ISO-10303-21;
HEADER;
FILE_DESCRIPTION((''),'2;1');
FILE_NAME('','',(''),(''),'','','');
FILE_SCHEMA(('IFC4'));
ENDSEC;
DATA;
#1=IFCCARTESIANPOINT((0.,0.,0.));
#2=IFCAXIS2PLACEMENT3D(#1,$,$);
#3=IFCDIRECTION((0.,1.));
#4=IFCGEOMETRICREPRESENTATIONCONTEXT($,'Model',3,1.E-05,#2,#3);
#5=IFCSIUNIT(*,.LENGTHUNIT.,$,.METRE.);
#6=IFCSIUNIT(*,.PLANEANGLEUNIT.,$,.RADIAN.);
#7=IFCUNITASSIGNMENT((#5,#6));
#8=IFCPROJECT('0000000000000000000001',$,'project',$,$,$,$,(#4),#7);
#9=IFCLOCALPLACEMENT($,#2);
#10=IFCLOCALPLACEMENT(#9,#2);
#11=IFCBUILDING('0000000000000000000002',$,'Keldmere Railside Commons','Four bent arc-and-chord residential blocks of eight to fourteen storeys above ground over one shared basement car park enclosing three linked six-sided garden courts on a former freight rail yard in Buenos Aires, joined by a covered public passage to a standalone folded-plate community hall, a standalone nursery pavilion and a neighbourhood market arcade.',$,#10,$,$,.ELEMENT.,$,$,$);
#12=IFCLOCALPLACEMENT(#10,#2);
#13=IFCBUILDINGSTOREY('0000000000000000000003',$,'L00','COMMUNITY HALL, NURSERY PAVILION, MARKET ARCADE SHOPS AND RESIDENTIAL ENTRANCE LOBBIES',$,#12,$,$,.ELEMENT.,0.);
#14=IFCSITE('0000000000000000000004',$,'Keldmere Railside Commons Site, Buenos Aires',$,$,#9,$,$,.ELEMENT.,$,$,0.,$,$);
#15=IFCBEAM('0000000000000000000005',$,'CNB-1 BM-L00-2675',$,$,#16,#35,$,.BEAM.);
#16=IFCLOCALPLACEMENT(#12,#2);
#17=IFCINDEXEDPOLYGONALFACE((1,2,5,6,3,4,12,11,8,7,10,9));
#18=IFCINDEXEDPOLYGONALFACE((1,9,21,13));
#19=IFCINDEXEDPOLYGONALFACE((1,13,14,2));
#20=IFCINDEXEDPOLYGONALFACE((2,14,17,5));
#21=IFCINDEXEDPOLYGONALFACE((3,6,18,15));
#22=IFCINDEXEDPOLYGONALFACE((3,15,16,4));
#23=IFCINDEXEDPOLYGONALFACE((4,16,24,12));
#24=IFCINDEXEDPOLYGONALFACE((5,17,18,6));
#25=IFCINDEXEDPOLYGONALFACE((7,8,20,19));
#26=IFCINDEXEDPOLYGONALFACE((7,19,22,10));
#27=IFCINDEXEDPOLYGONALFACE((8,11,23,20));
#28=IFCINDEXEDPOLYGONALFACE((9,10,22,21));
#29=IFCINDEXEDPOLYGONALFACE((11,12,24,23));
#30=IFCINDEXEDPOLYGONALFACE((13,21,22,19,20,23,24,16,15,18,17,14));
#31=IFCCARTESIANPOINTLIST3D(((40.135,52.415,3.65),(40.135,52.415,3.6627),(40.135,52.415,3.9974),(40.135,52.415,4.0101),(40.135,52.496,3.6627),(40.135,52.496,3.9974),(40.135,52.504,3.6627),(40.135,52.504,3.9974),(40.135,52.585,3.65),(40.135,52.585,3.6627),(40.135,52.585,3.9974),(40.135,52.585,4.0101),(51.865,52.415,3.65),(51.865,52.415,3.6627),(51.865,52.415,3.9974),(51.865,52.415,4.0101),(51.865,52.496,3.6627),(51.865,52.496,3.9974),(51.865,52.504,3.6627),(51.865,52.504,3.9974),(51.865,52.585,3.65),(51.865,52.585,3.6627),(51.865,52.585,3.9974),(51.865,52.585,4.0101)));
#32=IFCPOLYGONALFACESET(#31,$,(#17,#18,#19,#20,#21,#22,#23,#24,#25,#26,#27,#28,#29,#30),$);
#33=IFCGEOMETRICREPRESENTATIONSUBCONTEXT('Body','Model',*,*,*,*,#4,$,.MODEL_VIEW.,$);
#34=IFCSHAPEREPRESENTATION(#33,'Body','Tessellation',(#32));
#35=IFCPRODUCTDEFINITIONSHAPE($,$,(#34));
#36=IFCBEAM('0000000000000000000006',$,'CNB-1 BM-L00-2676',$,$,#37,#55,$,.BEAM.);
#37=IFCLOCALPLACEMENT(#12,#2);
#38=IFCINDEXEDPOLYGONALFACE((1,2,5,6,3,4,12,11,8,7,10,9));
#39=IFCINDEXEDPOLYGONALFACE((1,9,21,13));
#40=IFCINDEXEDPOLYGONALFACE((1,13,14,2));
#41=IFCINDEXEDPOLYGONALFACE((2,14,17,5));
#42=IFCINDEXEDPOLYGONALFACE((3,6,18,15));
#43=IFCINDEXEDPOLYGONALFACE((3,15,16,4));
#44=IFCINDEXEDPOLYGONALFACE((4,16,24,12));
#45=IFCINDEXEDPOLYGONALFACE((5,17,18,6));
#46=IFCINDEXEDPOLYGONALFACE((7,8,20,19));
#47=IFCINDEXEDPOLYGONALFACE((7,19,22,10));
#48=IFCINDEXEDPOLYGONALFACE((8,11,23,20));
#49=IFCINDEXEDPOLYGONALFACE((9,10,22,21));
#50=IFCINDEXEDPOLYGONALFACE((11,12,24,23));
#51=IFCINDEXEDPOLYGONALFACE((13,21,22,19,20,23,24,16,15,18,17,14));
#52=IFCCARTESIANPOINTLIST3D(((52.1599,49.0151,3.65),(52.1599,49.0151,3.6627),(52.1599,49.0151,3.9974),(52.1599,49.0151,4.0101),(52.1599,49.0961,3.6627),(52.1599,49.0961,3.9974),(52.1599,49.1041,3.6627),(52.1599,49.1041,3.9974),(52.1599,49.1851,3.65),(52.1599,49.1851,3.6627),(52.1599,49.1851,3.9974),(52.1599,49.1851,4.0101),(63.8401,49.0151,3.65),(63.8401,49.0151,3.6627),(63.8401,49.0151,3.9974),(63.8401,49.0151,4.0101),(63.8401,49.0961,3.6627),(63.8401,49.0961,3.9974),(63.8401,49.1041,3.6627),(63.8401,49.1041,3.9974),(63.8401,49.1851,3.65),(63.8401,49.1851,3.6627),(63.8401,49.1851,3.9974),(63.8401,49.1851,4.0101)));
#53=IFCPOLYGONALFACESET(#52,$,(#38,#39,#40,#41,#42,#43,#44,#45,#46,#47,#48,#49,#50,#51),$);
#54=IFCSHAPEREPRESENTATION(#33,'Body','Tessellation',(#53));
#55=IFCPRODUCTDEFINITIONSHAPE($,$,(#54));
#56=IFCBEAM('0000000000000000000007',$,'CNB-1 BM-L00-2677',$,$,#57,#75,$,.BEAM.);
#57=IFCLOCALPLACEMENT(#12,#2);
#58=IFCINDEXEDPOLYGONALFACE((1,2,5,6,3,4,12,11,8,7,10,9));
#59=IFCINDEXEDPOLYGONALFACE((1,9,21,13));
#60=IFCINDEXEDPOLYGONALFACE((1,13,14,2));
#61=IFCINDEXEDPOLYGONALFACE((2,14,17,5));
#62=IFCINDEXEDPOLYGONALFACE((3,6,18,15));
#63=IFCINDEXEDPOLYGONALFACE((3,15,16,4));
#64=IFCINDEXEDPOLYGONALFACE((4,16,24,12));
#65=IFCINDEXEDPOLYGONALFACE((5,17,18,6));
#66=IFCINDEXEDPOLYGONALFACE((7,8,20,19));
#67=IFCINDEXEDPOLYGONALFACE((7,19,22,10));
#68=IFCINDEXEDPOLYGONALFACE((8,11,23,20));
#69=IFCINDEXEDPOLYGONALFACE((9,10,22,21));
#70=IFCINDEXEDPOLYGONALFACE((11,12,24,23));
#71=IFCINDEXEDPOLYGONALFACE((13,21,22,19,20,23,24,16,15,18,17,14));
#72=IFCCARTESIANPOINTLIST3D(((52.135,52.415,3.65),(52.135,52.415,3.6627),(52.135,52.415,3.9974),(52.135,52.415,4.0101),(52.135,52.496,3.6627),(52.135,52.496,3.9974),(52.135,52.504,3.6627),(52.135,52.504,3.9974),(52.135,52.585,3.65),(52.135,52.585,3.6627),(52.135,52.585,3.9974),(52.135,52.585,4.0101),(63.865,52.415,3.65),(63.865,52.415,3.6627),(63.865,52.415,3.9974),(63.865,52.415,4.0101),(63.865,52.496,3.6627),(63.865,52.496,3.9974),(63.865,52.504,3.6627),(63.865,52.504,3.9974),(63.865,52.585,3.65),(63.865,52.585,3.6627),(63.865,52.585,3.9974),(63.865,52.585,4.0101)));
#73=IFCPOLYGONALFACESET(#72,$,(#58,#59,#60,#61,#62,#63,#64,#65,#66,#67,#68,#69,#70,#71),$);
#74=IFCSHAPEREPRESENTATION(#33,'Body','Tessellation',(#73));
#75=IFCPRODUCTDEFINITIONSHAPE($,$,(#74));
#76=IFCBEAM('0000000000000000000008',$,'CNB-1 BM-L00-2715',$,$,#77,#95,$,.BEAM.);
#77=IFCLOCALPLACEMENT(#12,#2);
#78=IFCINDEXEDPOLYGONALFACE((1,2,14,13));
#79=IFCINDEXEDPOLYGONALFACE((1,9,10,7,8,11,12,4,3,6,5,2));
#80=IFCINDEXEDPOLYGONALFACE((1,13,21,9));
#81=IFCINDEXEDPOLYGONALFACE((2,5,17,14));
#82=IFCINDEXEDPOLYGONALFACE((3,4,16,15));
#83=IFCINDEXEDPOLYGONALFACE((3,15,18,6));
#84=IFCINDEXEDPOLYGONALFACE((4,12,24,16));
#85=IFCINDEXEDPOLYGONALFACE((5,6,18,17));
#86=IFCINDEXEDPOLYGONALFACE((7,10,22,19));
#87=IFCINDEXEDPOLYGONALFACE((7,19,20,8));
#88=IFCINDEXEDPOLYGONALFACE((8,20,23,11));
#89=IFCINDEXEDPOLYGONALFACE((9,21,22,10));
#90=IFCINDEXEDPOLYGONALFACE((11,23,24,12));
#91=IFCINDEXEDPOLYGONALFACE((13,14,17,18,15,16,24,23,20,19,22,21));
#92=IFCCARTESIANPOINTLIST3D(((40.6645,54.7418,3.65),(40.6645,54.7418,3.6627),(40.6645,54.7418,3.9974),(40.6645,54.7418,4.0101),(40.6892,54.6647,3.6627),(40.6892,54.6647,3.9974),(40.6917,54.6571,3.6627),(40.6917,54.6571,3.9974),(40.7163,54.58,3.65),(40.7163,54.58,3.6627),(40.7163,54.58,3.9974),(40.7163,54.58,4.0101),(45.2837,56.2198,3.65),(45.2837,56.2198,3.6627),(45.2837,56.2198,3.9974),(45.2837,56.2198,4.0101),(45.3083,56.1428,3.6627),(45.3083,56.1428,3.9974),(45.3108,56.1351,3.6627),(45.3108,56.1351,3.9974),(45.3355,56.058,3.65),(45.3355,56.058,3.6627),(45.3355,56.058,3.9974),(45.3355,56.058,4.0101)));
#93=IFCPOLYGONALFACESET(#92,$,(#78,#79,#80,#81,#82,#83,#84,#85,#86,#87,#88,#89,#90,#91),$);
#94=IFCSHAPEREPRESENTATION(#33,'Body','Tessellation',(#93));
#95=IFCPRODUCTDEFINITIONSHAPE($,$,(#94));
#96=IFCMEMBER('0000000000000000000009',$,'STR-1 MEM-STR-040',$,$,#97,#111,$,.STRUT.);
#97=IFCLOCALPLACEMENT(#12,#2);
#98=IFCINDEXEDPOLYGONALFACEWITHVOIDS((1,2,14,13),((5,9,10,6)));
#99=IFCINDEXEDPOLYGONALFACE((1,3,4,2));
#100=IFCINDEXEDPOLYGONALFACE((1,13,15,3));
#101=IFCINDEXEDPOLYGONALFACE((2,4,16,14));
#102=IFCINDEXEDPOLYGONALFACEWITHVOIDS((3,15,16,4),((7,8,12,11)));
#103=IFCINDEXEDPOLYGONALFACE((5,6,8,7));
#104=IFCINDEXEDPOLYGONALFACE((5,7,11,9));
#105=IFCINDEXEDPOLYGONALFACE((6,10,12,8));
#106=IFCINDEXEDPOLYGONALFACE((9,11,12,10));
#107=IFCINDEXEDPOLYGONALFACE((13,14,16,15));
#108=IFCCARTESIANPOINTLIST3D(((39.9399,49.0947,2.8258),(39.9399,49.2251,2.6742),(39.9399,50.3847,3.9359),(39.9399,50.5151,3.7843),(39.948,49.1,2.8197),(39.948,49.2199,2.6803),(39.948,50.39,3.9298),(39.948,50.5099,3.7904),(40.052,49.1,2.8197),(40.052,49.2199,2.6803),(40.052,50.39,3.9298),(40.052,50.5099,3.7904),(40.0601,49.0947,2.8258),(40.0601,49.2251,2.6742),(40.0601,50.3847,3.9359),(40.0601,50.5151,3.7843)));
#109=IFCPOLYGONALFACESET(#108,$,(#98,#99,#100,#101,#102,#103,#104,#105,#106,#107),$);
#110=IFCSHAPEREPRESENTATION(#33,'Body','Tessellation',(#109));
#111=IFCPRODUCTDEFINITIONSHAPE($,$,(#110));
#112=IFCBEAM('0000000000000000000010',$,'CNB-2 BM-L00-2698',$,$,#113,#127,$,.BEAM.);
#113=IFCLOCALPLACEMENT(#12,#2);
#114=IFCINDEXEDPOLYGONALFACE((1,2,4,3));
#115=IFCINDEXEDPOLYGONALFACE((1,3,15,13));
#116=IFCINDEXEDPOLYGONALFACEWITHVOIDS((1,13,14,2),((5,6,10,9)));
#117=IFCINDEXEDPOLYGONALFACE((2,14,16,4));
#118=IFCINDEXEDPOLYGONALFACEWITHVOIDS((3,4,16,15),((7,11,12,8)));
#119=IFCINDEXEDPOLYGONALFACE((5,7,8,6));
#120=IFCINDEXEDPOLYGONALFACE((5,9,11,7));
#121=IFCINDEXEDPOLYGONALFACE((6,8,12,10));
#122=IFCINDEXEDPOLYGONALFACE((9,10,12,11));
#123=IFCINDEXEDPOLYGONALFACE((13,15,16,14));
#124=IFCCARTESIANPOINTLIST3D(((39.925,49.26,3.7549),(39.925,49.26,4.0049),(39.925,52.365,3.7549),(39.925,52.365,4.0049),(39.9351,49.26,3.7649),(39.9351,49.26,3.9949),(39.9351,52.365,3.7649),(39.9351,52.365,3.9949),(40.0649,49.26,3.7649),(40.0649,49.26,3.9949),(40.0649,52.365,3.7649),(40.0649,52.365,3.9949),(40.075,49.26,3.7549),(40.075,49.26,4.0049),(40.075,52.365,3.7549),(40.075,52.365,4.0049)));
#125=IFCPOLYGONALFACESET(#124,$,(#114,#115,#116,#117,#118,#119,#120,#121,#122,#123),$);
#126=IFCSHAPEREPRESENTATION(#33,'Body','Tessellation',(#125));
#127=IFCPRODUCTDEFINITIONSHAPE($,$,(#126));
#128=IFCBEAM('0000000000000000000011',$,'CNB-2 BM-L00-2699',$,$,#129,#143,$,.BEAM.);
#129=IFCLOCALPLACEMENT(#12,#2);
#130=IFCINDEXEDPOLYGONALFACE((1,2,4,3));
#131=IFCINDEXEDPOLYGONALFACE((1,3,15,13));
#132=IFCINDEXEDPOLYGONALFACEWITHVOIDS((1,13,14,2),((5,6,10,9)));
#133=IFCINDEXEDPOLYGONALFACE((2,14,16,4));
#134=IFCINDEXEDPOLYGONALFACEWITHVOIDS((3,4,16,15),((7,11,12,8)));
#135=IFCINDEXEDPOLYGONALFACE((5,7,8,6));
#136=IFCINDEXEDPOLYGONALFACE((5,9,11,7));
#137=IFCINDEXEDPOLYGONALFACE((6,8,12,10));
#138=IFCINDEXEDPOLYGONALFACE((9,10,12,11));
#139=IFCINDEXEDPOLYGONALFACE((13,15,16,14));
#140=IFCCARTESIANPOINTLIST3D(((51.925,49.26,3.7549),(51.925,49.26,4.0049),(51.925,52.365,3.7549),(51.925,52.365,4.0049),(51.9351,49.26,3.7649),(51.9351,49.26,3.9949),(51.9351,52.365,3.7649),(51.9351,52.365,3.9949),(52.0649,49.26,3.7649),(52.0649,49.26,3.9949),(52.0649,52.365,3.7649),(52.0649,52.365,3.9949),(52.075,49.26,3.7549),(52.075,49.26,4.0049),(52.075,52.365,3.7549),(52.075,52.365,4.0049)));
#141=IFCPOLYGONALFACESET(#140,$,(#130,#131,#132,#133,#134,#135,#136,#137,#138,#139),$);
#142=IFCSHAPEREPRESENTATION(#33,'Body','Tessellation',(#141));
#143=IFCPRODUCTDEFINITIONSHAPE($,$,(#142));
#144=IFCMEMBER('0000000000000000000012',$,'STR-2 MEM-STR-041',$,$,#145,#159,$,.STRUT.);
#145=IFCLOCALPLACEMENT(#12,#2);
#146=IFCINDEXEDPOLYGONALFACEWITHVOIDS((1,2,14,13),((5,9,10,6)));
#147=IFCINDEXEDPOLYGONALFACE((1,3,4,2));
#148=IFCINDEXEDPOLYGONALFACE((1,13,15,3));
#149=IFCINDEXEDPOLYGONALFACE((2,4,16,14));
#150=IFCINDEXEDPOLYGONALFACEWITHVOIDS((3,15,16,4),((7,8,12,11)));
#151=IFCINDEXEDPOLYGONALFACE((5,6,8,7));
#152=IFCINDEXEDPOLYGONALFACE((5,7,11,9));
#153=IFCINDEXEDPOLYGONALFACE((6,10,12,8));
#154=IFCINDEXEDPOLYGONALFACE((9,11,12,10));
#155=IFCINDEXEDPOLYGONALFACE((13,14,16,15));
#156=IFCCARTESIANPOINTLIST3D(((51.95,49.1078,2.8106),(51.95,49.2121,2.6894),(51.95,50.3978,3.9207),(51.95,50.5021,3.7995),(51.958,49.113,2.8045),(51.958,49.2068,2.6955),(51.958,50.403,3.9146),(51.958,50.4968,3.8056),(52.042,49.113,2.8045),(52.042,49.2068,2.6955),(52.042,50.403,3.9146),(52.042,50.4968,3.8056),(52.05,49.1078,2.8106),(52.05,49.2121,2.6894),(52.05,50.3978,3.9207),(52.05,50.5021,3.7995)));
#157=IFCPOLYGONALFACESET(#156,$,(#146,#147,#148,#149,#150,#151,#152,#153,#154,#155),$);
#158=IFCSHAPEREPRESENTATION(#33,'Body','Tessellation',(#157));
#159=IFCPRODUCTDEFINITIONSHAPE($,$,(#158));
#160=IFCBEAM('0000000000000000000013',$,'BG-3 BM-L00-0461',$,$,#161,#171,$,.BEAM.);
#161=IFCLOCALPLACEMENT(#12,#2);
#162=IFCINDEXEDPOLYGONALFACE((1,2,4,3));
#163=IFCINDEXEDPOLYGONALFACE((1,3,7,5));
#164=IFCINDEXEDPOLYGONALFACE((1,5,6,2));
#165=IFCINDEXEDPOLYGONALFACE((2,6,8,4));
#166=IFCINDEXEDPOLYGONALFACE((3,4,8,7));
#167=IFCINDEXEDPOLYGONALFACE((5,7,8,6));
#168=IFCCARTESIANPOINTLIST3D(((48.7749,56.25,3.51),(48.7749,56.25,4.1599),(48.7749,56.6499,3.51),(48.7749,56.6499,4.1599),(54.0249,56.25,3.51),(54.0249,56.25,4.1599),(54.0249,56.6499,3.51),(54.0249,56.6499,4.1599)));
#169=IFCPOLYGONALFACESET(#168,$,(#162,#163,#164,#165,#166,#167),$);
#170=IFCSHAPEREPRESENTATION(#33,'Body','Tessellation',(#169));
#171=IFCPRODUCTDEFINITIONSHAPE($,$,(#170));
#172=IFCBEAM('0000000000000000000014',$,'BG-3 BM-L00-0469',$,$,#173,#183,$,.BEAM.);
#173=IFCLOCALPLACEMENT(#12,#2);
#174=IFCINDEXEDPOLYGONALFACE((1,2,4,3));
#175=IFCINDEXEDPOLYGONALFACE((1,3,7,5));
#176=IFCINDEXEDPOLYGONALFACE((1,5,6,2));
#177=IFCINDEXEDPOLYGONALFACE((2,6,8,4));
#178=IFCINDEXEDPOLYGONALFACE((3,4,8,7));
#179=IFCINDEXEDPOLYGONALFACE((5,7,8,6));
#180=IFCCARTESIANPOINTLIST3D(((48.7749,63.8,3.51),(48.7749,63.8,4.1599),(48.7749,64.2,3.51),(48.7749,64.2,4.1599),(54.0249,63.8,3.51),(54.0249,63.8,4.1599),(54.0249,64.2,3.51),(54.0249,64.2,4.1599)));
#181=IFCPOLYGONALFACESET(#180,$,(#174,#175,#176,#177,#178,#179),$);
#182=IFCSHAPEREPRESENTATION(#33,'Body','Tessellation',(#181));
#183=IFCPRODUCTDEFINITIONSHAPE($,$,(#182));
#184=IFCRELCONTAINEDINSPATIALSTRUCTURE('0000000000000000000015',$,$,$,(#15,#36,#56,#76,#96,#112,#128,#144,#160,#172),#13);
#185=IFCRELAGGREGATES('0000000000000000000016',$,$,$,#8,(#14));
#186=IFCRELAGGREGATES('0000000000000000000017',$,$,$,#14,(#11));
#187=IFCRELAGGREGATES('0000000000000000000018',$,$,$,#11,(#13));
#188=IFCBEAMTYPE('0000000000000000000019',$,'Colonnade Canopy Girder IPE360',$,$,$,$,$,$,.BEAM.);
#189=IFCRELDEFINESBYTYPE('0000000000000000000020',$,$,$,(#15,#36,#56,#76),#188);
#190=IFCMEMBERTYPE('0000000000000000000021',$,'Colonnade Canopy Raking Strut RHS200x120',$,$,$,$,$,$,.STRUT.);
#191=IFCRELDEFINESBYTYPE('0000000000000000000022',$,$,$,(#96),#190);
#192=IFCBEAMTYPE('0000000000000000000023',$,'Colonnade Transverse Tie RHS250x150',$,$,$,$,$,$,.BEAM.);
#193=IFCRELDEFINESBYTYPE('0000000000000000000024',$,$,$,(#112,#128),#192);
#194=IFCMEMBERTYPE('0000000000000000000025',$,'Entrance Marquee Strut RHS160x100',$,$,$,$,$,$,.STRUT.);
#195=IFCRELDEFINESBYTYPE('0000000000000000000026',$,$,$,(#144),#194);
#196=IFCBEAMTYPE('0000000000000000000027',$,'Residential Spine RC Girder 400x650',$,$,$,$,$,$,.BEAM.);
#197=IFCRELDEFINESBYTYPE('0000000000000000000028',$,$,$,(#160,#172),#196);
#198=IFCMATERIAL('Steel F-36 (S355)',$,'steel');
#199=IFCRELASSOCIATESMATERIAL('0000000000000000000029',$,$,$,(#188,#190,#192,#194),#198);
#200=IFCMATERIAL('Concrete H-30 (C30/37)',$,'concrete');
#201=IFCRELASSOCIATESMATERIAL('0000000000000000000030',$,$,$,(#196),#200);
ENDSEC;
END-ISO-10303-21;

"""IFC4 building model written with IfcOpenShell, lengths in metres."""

from ifc_helpers import new_model, si_unit, direction, frame, origin, origin_2d, place, context, subcontext, project, spatial, rectangle, hollow_rectangle, i_section, extrude, material, material_profile, profile_set, type_object, element, save


model = new_model("IFC4")

# Units and contexts
model_context = context("Model", 3, precision=1e-05, world=origin(), true_north=direction((0.0, 1.0)))
body_context = subcontext(model_context, "Body", "Model", "MODEL_VIEW")
ifc_project = project(units=[si_unit("LENGTHUNIT", "METRE"), si_unit("PLANEANGLEUNIT", "RADIAN")], contexts=[model_context])

# Site, building, storey
site_placement = place(None, origin())
site = spatial("IfcSite", under=ifc_project, at=site_placement, Name="Keldmere Railside Commons Site, Buenos Aires", CompositionType="ELEMENT", RefElevation=0.0)
building_placement = place(site_placement, origin())
building = spatial("IfcBuilding", under=site, at=building_placement, Name="Keldmere Railside Commons", Description="Four bent arc-and-chord residential blocks of eight to fourteen storeys above ground over one shared basement car park enclosing three linked six-sided garden courts on a former freight rail yard in Buenos Aires, joined by a covered public passage to a standalone folded-plate community hall, a standalone nursery pavilion and a neighbourhood market arcade.", CompositionType="ELEMENT")
storey_placement = place(building_placement, origin())
storey = spatial("IfcBuildingStorey", under=building, at=storey_placement, Name="L00", Description="COMMUNITY HALL, NURSERY PAVILION, MARKET ARCADE SHOPS AND RESIDENTIAL ENTRANCE LOBBIES", CompositionType="ELEMENT", Elevation=0.0)

# Shared definitions
ifc_material_1 = material(Name="Steel F-36 (S355)", Category="steel")

# Beams
ifc_material_profile_1 = material_profile(ifc_material_1, i_section(OverallWidth=0.1699, OverallDepth=0.3601, WebThickness=0.0081, FlangeThickness=0.0127, at=origin_2d()), Name="IPE-360")
ifc_profile_set_1 = profile_set([ifc_material_profile_1], Name="Steel F-36 (S355)")
beam_type_1 = type_object("IfcBeamType", Name="Colonnade Canopy Girder IPE360", PredefinedType="BEAM", material=ifc_profile_set_1)
beam_1_placement = place(storey_placement, frame((40.135, 52.5, 3.8301), z_axis=(1.0, 0.0, 0.0), x_axis=(0.0, 1.0, 0.0)))
element("IfcBeam", 1, at=beam_1_placement, inside=storey, type_object=beam_type_1, Name="CNB-1 BM-L00-2675", PredefinedType="BEAM", context=body_context, shape_type="SweptSolid", body=[
    extrude(i_section(OverallWidth=0.1699, OverallDepth=0.3601, WebThickness=0.0081, FlangeThickness=0.0127, at=origin_2d()), origin(), (0.0, 0.0, 1.0), 11.73),
])
beam_2_placement = place(storey_placement, frame((52.1599, 49.1001, 3.8301), z_axis=(1.0, 0.0, 0.0), x_axis=(0.0, 1.0, 0.0)))
element("IfcBeam", 2, at=beam_2_placement, inside=storey, type_object=beam_type_1, Name="CNB-1 BM-L00-2676", PredefinedType="BEAM", context=body_context, shape_type="SweptSolid", body=[
    extrude(i_section(OverallWidth=0.1699, OverallDepth=0.3601, WebThickness=0.0081, FlangeThickness=0.0127, at=origin_2d()), origin(), (0.0, 0.0, 1.0), 11.6802),
])
beam_3_placement = place(storey_placement, frame((52.135, 52.5, 3.8301), z_axis=(1.0, 0.0, 0.0), x_axis=(0.0, 1.0, 0.0)))
element("IfcBeam", 3, at=beam_3_placement, inside=storey, type_object=beam_type_1, Name="CNB-1 BM-L00-2677", PredefinedType="BEAM", context=body_context, shape_type="SweptSolid", body=[
    extrude(i_section(OverallWidth=0.1699, OverallDepth=0.3601, WebThickness=0.0081, FlangeThickness=0.0127, at=origin_2d()), origin(), (0.0, 0.0, 1.0), 11.73),
])
beam_4_placement = place(storey_placement, frame((40.6904, 54.6609, 3.8301), z_axis=(0.95243, 0.304757, 0.0), x_axis=(-0.304757, 0.95243, 0.0)))
element("IfcBeam", 4, at=beam_4_placement, inside=storey, type_object=beam_type_1, Name="CNB-1 BM-L00-2715", PredefinedType="BEAM", context=body_context, shape_type="SweptSolid", body=[
    extrude(i_section(OverallWidth=0.1699, OverallDepth=0.3601, WebThickness=0.0081, FlangeThickness=0.0127, at=origin_2d()), origin(), (0.0, 0.0, 1.0), 4.8499),
])

# Member
ifc_material_profile_2 = material_profile(ifc_material_1, hollow_rectangle(XDim=0.1201, YDim=0.2, WallThickness=0.0081, at=origin_2d()), Name="RHS-200x120x8")
ifc_profile_set_2 = profile_set([ifc_material_profile_2], Name="Steel F-36 (S355)")
member_type_1 = type_object("IfcMemberType", Name="Colonnade Canopy Raking Strut RHS200x120", PredefinedType="STRUT", material=ifc_profile_set_2)
member_1_placement = place(storey_placement, frame((40.0, 49.1599, 2.75), z_axis=(0.0, 0.757989, 0.652267), x_axis=(-1.0, 0.0, 0.0)))
element("IfcMember", 5, at=member_1_placement, inside=storey, type_object=member_type_1, Name="STR-1 MEM-STR-040", PredefinedType="STRUT", context=body_context, shape_type="SweptSolid", body=[
    extrude(hollow_rectangle(XDim=0.1201, YDim=0.2, WallThickness=0.0081, at=origin_2d()), origin(), (0.0, 0.0, 1.0), 1.7019),
])

# Beams
ifc_material_profile_3 = material_profile(ifc_material_1, hollow_rectangle(XDim=0.1499, YDim=0.25, WallThickness=0.01, at=origin_2d()), Name="RHS-250x150x10")
ifc_profile_set_3 = profile_set([ifc_material_profile_3], Name="Steel F-36 (S355)")
beam_type_2 = type_object("IfcBeamType", Name="Colonnade Transverse Tie RHS250x150", PredefinedType="BEAM", material=ifc_profile_set_3)
for number, where, z_axis, x_axis, name in (
    (6, (40.0, 49.26, 3.8799), (0.0, 1.0, 0.0), (-1.0, 0.0, 0.0), "CNB-2 BM-L00-2698"),
    (7, (52.0, 49.26, 3.8799), (0.0, 1.0, 0.0), (-1.0, 0.0, 0.0), "CNB-2 BM-L00-2699"),
):
    element("IfcBeam", number, at=place(storey_placement, frame(where, z_axis=z_axis, x_axis=x_axis)), inside=storey, type_object=beam_type_2, Name=name, PredefinedType="BEAM", context=body_context, shape_type="SweptSolid", body=[
        extrude(hollow_rectangle(XDim=0.1499, YDim=0.25, WallThickness=0.01, at=origin_2d()), origin(), (0.0, 0.0, 1.0), 3.105),
    ])

# Member
ifc_material_profile_4 = material_profile(ifc_material_1, hollow_rectangle(XDim=0.1001, YDim=0.1599, WallThickness=0.0081, at=origin_2d()), Name="RHS-160x100x8")
ifc_profile_set_4 = profile_set([ifc_material_profile_4], Name="Steel F-36 (S355)")
member_type_2 = type_object("IfcMemberType", Name="Entrance Marquee Strut RHS160x100", PredefinedType="STRUT", material=ifc_profile_set_4)
member_2_placement = place(storey_placement, frame((52.0, 49.1599, 2.75), z_axis=(0.0, 0.757989, 0.652267), x_axis=(-1.0, 0.0, 0.0)))
element("IfcMember", 8, at=member_2_placement, inside=storey, type_object=member_type_2, Name="STR-2 MEM-STR-041", PredefinedType="STRUT", context=body_context, shape_type="SweptSolid", body=[
    extrude(hollow_rectangle(XDim=0.1001, YDim=0.1599, WallThickness=0.0081, at=origin_2d()), origin(), (0.0, 0.0, 1.0), 1.7019),
])

# Beams
ifc_material_2 = material(Name="Concrete H-30 (C30/37)", Category="concrete")
ifc_material_profile_5 = material_profile(ifc_material_2, rectangle(XDim=0.3999, YDim=0.6499, at=origin_2d()), Name="RC-400x650")
ifc_profile_set_5 = profile_set([ifc_material_profile_5], Name="Concrete H-30 (C30/37)")
beam_type_3 = type_object("IfcBeamType", Name="Residential Spine RC Girder 400x650", PredefinedType="BEAM", material=ifc_profile_set_5)
for number, where, z_axis, x_axis, name in (
    (9, (48.7749, 56.45, 3.835), (1.0, 0.0, 0.0), (0.0, 1.0, 0.0), "BG-3 BM-L00-0461"),
    (10, (48.7749, 64.0, 3.835), (1.0, 0.0, 0.0), (0.0, 1.0, 0.0), "BG-3 BM-L00-0469"),
):
    element("IfcBeam", number, at=place(storey_placement, frame(where, z_axis=z_axis, x_axis=x_axis)), inside=storey, type_object=beam_type_3, Name=name, PredefinedType="BEAM", context=body_context, shape_type="SweptSolid", body=[
        extrude(rectangle(XDim=0.3999, YDim=0.6499, at=origin_2d()), origin(), (0.0, 0.0, 1.0), 5.25),
    ])

save(model, "model.ifc")
